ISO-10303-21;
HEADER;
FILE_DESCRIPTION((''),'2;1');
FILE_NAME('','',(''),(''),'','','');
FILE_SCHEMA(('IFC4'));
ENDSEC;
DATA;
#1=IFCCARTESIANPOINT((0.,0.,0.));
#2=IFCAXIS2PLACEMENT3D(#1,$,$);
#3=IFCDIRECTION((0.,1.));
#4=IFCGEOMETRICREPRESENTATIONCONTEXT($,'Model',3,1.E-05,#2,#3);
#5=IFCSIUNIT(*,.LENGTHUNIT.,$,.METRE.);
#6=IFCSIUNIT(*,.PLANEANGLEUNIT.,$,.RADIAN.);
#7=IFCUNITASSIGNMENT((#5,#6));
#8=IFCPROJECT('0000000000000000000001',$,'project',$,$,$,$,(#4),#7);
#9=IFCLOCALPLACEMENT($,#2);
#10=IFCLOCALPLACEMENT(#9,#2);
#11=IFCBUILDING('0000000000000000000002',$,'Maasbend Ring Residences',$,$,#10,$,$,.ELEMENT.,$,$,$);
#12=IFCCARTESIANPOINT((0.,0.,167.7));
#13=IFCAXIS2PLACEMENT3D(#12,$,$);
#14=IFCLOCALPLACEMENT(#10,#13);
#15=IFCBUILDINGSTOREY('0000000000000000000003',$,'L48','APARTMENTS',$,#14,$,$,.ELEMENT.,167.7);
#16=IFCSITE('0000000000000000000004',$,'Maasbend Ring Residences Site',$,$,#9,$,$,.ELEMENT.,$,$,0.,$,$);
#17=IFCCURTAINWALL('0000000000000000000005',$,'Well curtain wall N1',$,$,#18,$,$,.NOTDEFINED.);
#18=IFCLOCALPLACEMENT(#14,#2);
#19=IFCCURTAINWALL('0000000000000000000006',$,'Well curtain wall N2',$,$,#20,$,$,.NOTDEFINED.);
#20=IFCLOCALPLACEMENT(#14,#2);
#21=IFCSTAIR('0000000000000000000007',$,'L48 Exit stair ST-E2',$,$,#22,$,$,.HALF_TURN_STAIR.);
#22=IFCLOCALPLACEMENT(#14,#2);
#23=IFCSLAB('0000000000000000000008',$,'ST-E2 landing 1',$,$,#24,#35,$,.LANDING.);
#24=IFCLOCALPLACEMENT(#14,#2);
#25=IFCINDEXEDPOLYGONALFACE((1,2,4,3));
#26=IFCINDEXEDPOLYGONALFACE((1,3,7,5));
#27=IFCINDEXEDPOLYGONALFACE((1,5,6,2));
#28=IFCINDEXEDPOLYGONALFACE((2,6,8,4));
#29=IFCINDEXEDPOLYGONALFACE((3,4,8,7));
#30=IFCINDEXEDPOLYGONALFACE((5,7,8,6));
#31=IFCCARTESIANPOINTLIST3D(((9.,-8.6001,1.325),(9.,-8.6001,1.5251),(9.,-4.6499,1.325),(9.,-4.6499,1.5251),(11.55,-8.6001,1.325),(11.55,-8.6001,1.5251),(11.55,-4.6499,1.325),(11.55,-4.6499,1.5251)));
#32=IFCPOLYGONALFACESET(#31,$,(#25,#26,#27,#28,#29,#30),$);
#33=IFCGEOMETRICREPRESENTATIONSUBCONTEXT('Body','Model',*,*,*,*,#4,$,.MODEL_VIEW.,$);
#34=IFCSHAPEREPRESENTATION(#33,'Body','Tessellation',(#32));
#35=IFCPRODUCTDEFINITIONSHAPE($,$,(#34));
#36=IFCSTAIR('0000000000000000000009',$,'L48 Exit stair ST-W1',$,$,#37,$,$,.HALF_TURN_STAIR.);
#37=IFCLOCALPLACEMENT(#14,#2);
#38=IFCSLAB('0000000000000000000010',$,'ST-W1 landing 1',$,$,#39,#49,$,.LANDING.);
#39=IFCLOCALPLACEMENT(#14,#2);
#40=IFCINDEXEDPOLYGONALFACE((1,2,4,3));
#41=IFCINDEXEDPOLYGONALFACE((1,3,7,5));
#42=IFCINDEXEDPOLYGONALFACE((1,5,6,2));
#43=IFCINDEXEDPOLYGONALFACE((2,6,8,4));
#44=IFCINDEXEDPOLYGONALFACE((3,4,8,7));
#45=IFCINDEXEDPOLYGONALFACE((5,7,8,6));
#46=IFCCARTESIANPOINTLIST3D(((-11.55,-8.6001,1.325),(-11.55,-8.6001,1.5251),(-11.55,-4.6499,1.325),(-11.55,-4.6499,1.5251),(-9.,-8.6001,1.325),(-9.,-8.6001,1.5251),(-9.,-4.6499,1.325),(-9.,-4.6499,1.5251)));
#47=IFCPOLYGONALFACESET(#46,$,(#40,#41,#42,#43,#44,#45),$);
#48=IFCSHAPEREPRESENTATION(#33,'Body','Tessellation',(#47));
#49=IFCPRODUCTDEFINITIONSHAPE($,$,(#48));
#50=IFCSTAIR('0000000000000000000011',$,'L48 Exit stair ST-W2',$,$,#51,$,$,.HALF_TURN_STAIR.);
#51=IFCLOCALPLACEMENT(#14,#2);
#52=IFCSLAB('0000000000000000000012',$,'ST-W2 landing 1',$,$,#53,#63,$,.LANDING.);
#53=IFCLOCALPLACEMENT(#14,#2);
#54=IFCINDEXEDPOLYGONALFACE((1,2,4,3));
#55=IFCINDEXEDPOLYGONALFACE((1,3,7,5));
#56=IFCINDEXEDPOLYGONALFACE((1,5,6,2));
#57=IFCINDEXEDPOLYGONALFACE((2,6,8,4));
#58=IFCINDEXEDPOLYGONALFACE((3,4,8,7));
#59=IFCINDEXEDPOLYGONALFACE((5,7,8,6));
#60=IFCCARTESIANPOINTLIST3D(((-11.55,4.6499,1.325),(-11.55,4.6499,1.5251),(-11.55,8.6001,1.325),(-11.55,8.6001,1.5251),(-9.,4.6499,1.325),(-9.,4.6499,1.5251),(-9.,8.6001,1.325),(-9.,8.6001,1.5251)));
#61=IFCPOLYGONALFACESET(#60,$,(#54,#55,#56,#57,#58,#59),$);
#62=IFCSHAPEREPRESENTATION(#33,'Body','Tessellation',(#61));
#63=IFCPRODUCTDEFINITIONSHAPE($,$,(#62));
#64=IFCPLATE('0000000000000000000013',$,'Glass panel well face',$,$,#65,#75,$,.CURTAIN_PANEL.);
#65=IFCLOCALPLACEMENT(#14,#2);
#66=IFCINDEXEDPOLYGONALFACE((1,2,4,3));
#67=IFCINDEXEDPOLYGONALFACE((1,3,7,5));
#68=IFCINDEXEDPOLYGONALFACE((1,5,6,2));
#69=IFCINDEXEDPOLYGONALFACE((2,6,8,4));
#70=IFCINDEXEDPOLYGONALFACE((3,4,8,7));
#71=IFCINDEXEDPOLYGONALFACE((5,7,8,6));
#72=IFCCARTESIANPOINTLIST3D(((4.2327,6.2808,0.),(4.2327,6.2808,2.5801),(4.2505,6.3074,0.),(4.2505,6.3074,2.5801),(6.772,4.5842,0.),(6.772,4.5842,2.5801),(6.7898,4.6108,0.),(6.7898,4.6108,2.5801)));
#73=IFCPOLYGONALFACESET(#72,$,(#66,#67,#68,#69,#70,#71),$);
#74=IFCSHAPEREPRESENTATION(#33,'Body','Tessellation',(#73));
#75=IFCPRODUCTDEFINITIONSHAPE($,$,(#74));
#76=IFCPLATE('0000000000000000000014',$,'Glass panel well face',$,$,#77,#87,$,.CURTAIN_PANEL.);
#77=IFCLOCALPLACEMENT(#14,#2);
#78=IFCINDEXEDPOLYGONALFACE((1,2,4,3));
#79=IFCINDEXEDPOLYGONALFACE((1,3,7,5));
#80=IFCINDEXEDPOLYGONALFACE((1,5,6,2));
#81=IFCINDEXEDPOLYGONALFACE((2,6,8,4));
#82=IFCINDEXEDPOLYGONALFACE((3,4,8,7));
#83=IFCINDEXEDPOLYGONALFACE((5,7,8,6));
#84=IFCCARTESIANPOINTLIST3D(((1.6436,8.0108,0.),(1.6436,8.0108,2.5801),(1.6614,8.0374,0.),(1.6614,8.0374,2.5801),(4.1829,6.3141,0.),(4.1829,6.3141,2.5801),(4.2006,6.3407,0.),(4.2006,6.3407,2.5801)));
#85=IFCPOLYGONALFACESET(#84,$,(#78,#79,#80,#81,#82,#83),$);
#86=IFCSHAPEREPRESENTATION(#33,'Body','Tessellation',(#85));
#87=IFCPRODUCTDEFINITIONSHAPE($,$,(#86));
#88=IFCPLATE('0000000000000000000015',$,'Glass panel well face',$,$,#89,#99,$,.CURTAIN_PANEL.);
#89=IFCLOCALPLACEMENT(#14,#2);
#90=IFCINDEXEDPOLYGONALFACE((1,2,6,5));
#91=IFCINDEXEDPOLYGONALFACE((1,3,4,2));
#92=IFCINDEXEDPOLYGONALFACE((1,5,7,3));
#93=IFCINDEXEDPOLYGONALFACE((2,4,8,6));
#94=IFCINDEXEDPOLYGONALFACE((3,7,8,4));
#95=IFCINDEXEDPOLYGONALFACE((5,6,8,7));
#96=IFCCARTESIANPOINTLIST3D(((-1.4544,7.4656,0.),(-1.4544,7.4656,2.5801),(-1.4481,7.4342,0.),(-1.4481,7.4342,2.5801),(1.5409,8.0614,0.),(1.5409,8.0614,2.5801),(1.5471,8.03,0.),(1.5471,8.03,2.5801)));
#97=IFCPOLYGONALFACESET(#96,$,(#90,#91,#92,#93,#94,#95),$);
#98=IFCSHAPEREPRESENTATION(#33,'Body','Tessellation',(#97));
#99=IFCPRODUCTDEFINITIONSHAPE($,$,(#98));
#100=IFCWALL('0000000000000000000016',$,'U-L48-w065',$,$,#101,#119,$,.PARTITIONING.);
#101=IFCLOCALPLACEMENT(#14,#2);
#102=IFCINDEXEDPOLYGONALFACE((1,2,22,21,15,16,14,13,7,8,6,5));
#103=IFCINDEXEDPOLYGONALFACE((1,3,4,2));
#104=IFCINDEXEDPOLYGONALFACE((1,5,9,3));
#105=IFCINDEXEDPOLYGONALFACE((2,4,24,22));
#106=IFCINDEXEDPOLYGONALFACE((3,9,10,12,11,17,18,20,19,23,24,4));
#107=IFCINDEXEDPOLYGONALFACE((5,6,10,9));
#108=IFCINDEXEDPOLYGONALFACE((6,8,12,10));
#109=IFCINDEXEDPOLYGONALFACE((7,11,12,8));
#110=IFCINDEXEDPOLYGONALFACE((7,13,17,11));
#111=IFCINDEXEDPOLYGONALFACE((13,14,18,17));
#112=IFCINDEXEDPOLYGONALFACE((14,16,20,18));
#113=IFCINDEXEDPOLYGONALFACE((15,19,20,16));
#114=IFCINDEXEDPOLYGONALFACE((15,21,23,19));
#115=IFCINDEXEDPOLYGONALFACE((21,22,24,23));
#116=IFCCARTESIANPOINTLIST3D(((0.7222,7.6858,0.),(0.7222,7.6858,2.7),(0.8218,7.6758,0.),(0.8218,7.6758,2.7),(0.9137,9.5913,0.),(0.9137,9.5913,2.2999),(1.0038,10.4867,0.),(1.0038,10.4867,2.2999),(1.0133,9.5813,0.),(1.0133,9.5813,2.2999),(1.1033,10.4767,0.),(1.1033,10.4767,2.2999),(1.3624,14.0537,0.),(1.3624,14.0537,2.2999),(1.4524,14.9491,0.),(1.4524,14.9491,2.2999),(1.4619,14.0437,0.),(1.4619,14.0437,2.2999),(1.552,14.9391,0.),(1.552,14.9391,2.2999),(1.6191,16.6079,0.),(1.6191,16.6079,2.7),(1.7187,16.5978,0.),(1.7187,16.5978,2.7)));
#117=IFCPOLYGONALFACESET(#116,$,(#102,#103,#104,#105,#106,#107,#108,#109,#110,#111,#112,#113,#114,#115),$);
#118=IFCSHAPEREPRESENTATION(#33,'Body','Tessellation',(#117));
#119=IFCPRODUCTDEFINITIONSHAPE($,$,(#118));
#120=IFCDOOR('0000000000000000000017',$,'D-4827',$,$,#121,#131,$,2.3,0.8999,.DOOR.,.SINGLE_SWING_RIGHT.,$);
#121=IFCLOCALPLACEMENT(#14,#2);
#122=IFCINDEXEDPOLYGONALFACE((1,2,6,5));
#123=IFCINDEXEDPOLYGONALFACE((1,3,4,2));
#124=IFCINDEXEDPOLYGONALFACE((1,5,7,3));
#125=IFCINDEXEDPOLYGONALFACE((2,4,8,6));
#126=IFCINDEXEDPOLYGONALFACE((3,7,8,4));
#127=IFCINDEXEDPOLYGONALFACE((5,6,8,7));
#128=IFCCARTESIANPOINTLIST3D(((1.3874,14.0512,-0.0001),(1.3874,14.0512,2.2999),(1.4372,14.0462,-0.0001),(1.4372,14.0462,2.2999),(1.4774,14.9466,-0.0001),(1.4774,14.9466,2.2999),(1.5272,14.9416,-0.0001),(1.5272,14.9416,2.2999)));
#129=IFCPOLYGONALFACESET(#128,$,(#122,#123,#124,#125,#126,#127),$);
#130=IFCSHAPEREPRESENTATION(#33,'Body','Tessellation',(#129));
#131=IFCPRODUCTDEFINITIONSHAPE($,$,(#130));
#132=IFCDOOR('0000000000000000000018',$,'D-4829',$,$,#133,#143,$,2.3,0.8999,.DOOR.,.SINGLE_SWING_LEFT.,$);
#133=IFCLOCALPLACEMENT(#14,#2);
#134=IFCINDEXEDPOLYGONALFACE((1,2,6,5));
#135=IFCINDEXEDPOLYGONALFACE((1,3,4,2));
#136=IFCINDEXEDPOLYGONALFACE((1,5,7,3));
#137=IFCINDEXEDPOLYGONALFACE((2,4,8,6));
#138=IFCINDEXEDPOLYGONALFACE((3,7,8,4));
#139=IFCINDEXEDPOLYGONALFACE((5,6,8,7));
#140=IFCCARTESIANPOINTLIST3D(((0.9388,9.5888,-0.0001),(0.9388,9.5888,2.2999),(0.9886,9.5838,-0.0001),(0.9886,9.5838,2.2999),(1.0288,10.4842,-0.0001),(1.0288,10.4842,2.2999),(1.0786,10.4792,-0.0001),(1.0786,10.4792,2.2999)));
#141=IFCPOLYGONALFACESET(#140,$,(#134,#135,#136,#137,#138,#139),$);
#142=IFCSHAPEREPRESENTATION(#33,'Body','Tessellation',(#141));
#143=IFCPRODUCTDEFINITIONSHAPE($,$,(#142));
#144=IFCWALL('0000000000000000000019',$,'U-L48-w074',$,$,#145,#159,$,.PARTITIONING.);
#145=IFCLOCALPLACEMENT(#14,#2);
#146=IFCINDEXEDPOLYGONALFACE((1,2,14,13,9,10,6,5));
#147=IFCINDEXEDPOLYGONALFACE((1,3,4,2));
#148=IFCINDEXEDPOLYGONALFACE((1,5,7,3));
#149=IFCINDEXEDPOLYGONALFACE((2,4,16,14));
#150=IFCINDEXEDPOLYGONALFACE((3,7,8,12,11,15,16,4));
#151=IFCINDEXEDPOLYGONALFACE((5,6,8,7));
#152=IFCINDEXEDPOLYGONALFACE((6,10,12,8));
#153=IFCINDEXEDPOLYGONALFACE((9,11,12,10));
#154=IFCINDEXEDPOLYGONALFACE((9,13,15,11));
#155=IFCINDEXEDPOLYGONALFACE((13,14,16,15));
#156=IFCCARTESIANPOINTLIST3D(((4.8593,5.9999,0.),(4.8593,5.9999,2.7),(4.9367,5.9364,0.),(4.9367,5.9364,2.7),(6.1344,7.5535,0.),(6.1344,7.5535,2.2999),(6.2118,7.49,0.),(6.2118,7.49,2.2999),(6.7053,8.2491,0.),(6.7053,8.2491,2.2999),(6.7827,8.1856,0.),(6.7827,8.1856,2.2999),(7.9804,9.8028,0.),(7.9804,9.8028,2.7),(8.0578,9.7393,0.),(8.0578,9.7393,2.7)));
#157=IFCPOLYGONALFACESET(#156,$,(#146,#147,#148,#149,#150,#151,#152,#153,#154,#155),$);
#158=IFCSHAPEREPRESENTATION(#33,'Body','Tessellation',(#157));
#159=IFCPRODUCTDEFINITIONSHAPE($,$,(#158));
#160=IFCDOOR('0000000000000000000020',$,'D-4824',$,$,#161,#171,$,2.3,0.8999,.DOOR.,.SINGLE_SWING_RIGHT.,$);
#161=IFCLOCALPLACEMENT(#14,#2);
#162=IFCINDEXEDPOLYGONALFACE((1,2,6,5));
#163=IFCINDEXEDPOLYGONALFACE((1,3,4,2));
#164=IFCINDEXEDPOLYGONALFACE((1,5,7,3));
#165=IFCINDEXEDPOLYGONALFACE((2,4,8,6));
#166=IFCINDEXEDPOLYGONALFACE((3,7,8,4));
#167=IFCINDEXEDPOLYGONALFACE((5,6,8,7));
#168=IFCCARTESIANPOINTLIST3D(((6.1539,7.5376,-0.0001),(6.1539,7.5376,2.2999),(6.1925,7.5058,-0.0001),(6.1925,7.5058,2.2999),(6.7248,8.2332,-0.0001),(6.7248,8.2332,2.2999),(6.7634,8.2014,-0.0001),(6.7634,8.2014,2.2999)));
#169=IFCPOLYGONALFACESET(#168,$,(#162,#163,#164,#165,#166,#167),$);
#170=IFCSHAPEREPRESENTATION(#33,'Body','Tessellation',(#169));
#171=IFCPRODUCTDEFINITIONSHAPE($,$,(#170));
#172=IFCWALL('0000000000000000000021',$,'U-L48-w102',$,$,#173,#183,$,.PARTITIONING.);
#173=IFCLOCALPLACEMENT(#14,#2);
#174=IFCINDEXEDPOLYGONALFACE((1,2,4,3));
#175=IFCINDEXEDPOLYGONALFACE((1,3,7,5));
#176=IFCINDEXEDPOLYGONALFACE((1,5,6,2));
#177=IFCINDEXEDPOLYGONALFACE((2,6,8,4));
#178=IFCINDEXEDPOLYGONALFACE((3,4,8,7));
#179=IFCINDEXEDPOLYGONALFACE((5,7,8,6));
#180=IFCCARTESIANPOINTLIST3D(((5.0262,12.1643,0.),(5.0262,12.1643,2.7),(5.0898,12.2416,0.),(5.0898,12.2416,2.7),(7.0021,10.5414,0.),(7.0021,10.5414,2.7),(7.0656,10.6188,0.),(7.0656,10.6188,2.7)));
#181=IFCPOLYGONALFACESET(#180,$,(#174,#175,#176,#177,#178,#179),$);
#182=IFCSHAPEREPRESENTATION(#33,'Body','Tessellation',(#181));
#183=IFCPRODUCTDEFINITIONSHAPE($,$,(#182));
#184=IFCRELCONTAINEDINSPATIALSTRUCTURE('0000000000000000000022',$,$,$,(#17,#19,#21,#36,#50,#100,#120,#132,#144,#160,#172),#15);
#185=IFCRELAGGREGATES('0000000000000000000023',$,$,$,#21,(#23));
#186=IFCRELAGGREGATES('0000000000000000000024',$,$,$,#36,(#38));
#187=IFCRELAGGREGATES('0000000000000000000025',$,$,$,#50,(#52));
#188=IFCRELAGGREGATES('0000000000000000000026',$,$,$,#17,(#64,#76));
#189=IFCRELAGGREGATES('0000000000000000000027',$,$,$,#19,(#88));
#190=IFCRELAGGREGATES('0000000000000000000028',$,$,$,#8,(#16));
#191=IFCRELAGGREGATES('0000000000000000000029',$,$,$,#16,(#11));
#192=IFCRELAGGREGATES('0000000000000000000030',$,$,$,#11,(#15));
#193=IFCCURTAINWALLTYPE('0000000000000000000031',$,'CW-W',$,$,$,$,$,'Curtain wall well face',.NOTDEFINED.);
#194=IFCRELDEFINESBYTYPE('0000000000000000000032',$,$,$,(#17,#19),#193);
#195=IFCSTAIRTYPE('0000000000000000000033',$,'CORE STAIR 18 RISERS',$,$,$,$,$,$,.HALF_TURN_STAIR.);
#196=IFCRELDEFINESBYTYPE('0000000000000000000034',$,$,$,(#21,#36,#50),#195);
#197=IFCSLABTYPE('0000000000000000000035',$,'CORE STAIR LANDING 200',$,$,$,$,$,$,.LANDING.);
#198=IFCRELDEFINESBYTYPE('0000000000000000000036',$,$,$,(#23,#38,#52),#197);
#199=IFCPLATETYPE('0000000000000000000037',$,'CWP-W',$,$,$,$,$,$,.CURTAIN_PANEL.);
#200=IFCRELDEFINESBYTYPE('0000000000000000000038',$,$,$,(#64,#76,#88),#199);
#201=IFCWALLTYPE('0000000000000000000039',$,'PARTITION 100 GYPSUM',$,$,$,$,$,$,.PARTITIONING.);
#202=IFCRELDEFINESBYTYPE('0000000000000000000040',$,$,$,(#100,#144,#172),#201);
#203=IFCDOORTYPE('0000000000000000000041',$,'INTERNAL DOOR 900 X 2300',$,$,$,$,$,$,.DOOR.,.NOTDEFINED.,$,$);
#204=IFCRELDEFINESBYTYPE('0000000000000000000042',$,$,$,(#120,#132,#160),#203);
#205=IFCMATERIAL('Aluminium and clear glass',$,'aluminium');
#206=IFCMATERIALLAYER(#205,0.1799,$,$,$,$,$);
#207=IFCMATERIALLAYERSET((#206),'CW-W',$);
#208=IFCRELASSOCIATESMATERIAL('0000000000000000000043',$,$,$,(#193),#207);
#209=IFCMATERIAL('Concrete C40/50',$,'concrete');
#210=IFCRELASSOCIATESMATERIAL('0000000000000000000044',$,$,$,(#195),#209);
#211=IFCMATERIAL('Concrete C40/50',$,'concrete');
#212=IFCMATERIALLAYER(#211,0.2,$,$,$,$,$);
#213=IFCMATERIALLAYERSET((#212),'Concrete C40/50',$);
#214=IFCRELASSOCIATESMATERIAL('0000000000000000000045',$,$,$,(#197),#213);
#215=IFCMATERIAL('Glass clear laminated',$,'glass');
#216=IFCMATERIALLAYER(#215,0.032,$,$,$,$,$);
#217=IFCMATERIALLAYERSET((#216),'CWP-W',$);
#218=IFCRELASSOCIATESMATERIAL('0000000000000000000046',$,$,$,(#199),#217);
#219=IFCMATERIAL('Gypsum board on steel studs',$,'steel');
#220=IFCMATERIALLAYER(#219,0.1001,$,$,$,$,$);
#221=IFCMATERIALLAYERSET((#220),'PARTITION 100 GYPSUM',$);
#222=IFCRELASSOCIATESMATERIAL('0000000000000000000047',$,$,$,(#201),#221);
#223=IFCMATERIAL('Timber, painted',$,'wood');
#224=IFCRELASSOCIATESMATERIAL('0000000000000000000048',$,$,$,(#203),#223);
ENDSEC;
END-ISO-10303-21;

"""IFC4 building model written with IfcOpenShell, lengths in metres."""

from ifc_helpers import new_model, si_unit, direction, frame, frame_2d, origin, origin_2d, place, context, subcontext, project, spatial, polyline, rectangle, outline, extrude, material, layer, layer_set, type_object, element, fill, aggregate, save


model = new_model("IFC4")

# Units and contexts
model_context = context("Model", 3, precision=1e-05, world=origin(), true_north=direction((0.0, 1.0)))
body_context = subcontext(model_context, "Body", "Model", "MODEL_VIEW")
ifc_project = project(units=[si_unit("LENGTHUNIT", "METRE"), si_unit("PLANEANGLEUNIT", "RADIAN")], contexts=[model_context])

# Site, building, storey
site_placement = place(None, origin())
site = spatial("IfcSite", under=ifc_project, at=site_placement, Name="Maasbend Ring Residences Site", CompositionType="ELEMENT", RefElevation=0.0)
building_placement = place(site_placement, origin())
building = spatial("IfcBuilding", under=site, at=building_placement, Name="Maasbend Ring Residences", CompositionType="ELEMENT")
storey_placement = place(building_placement, frame((0.0, 0.0, 167.7)))
storey = spatial("IfcBuildingStorey", under=building, at=storey_placement, Name="L48", Description="APARTMENTS", CompositionType="ELEMENT", Elevation=167.7)

# Curtain wall
ifc_material_1 = material(Name="Aluminium and clear glass", Category="aluminium")
ifc_layer_1 = layer(ifc_material_1, 0.1799)
ifc_layer_set_1 = layer_set([ifc_layer_1], Name="CW-W")
curtain_wall_type = type_object("IfcCurtainWallType", Name="CW-W", ElementType="Curtain wall well face", PredefinedType="NOTDEFINED", material=ifc_layer_set_1)
curtain_wall_1_placement = place(storey_placement, origin())
curtain_wall_1 = element("IfcCurtainWall", 1, at=curtain_wall_1_placement, inside=storey, type_object=curtain_wall_type, Name="Well curtain wall N1", PredefinedType="NOTDEFINED")

# Curtain wall
curtain_wall_2_placement = place(storey_placement, origin())
curtain_wall_2 = element("IfcCurtainWall", 2, at=curtain_wall_2_placement, inside=storey, type_object=curtain_wall_type, Name="Well curtain wall N2", PredefinedType="NOTDEFINED")

# Stairs, slabs
ifc_material_2 = material(Name="Concrete C40/50", Category="concrete")
stair_type = type_object("IfcStairType", Name="CORE STAIR 18 RISERS", PredefinedType="HALF_TURN_STAIR", material=ifc_material_2)
ifc_material_3 = material(Name="Concrete C40/50", Category="concrete")
ifc_layer_2 = layer(ifc_material_3, 0.2)
ifc_layer_set_2 = layer_set([ifc_layer_2], Name="Concrete C40/50")
slab_type = type_object("IfcSlabType", Name="CORE STAIR LANDING 200", PredefinedType="LANDING", material=ifc_layer_set_2)
stair_1_placement = place(storey_placement, origin())
stair_1 = element("IfcStair", 3, at=stair_1_placement, inside=storey, type_object=stair_type, Name="L48 Exit stair ST-E2", PredefinedType="HALF_TURN_STAIR")
slab_1_placement = place(storey_placement, frame((0.0, 0.0, 1.325)))
slab_1 = element("IfcSlab", 4, at=slab_1_placement, type_object=slab_type, Name="ST-E2 landing 1", PredefinedType="LANDING", context=body_context, shape_type="SweptSolid", body=[
    extrude(outline(polyline([(11.55, -4.6499), (9.0, -4.6499), (9.0, -8.6001), (11.55, -8.6001), (11.55, -4.6499)])), origin(), (0.0, 0.0, 1.0), 0.2002),
])
aggregate(stair_1, [slab_1])
stair_2_placement = place(storey_placement, origin())
stair_2 = element("IfcStair", 5, at=stair_2_placement, inside=storey, type_object=stair_type, Name="L48 Exit stair ST-W1", PredefinedType="HALF_TURN_STAIR")
slab_2_placement = place(storey_placement, frame((0.0, 0.0, 1.325)))
slab_2 = element("IfcSlab", 6, at=slab_2_placement, type_object=slab_type, Name="ST-W1 landing 1", PredefinedType="LANDING", context=body_context, shape_type="SweptSolid", body=[
    extrude(outline(polyline([(-11.55, -8.6001), (-9.0, -8.6001), (-9.0, -4.6499), (-11.55, -4.6499), (-11.55, -8.6001)])), origin(), (0.0, 0.0, 1.0), 0.2002),
])
aggregate(stair_2, [slab_2])
stair_3_placement = place(storey_placement, origin())
stair_3 = element("IfcStair", 7, at=stair_3_placement, inside=storey, type_object=stair_type, Name="L48 Exit stair ST-W2", PredefinedType="HALF_TURN_STAIR")
slab_3_placement = place(storey_placement, frame((0.0, 0.0, 1.325)))
slab_3 = element("IfcSlab", 8, at=slab_3_placement, type_object=slab_type, Name="ST-W2 landing 1", PredefinedType="LANDING", context=body_context, shape_type="SweptSolid", body=[
    extrude(outline(polyline([(-11.55, 4.6499), (-9.0, 4.6499), (-9.0, 8.6001), (-11.55, 8.6001), (-11.55, 4.6499)])), origin(), (0.0, 0.0, 1.0), 0.2002),
])
aggregate(stair_3, [slab_3])

# Plates
ifc_material_4 = material(Name="Glass clear laminated", Category="glass")
ifc_layer_3 = layer(ifc_material_4, 0.032)
ifc_layer_set_3 = layer_set([ifc_layer_3], Name="CWP-W")
plate_type = type_object("IfcPlateType", Name="CWP-W", PredefinedType="CURTAIN_PANEL", material=ifc_layer_set_3)
plate_1_placement = place(storey_placement, frame((5.5112, 5.4458, 0.0), z_axis=(0.0, 0.0, 1.0), x_axis=(-0.83147, 0.55557, 0.0)))
plate_1 = element("IfcPlate", 9, at=plate_1_placement, type_object=plate_type, Name="Glass panel well face", PredefinedType="CURTAIN_PANEL", context=body_context, shape_type="SweptSolid", body=[
    extrude(rectangle(XDim=3.054, YDim=0.032, at=origin_2d()), origin(), (0.0, 0.0, 1.0), 2.5801),
])
plate_2_placement = place(storey_placement, frame((2.9221, 7.1758, 0.0), z_axis=(0.0, 0.0, 1.0), x_axis=(-0.83147, 0.55557, 0.0)))
plate_2 = element("IfcPlate", 10, at=plate_2_placement, type_object=plate_type, Name="Glass panel well face", PredefinedType="CURTAIN_PANEL", context=body_context, shape_type="SweptSolid", body=[
    extrude(rectangle(XDim=3.054, YDim=0.032, at=origin_2d()), origin(), (0.0, 0.0, 1.0), 2.5801),
])
aggregate(curtain_wall_1, [plate_1, plate_2])
plate_3_placement = place(storey_placement, frame((0.0464, 7.7478, 0.0), z_axis=(0.0, 0.0, 1.0), x_axis=(-0.980785, -0.19509, 0.0)))
plate_3 = element("IfcPlate", 11, at=plate_3_placement, type_object=plate_type, Name="Glass panel well face", PredefinedType="CURTAIN_PANEL", context=body_context, shape_type="SweptSolid", body=[
    extrude(rectangle(XDim=3.054, YDim=0.032, at=origin_2d()), origin(), (0.0, 0.0, 1.0), 2.5801),
])
aggregate(curtain_wall_2, [plate_3])

# Wall, openings, doors
ifc_material_5 = material(Name="Gypsum board on steel studs", Category="steel")
ifc_layer_4 = layer(ifc_material_5, 0.1001)
ifc_layer_set_4 = layer_set([ifc_layer_4], Name="PARTITION 100 GYPSUM")
wall_type_1 = type_object("IfcWallType", Name="PARTITION 100 GYPSUM", PredefinedType="PARTITIONING", material=ifc_layer_set_4)
wall_1_placement = place(storey_placement, frame((0.772, 7.6809, 0.0), z_axis=(0.0, 0.0, 1.0), x_axis=(0.100029, 0.994984, 0.0)))
wall_1 = element("IfcWall", 12, at=wall_1_placement, inside=storey, type_object=wall_type_1, Name="U-L48-w065", PredefinedType="PARTITIONING", context=body_context, shape_type="SweptSolid", body=[
    extrude(rectangle(XDim=8.967, YDim=0.1001, at=frame_2d((4.4834, 0.0))), origin(), (0.0, 0.0, 1.0), 2.7),
])
opening_1_placement = place(wall_1_placement, frame((6.3999, 0.0, 0.0)))
opening_1 = element("IfcOpeningElement", 13, at=opening_1_placement, cuts=wall_1, PredefinedType="OPENING", context=body_context, shape_type="SweptSolid", body=[
    extrude(rectangle(XDim=0.8999, YDim=2.3, at=frame_2d((0.45, 1.1499))), frame((0.0, 0.0601, 0.0), z_axis=(0.0, -1.0, 0.0), x_axis=(1.0, 0.0, 0.0)), (0.0, 0.0, 1.0), 0.1201),
])
opening_2_placement = place(wall_1_placement, frame((1.915, 0.0, 0.0)))
opening_2 = element("IfcOpeningElement", 14, at=opening_2_placement, cuts=wall_1, PredefinedType="OPENING", context=body_context, shape_type="SweptSolid", body=[
    extrude(rectangle(XDim=0.8999, YDim=2.3, at=frame_2d((0.45, 1.1499))), frame((0.0, 0.0601, 0.0), z_axis=(0.0, -1.0, 0.0), x_axis=(1.0, 0.0, 0.0)), (0.0, 0.0, 1.0), 0.1201),
])
ifc_material_6 = material(Name="Timber, painted", Category="wood")
door_type = type_object("IfcDoorType", Name="INTERNAL DOOR 900 X 2300", OperationType="NOTDEFINED", PredefinedType="DOOR", material=ifc_material_6)
door_1_placement = place(opening_1_placement, origin())
door_1 = element("IfcDoor", 15, at=door_1_placement, inside=storey, type_object=door_type, Name="D-4827", OperationType="SINGLE_SWING_RIGHT", OverallHeight=2.3, OverallWidth=0.8999, PredefinedType="DOOR", context=body_context, shape_type="SweptSolid", body=[
    extrude(rectangle(XDim=0.8999, YDim=2.3, at=frame_2d((0.45, 1.1499))), frame((0.0, 0.0249, 0.0), z_axis=(0.0, -1.0, 0.0), x_axis=(1.0, 0.0, 0.0)), (0.0, 0.0, 1.0), 0.05),
])
fill(opening_1, door_1)
door_2_placement = place(opening_2_placement, origin())
door_2 = element("IfcDoor", 16, at=door_2_placement, inside=storey, type_object=door_type, Name="D-4829", OperationType="SINGLE_SWING_LEFT", OverallHeight=2.3, OverallWidth=0.8999, PredefinedType="DOOR", context=body_context, shape_type="SweptSolid", body=[
    extrude(rectangle(XDim=0.8999, YDim=2.3, at=frame_2d((0.45, 1.1499))), frame((0.0, 0.0249, 0.0), z_axis=(0.0, -1.0, 0.0), x_axis=(1.0, 0.0, 0.0)), (0.0, 0.0, 1.0), 0.05),
])
fill(opening_2, door_2)

# Wall, opening, door
wall_2_placement = place(storey_placement, frame((4.8979, 5.968, 0.0), z_axis=(0.0, 0.0, 1.0), x_axis=(0.634402, 0.773003, 0.0)))
wall_2 = element("IfcWall", 17, at=wall_2_placement, inside=storey, type_object=wall_type_1, Name="U-L48-w074", PredefinedType="PARTITIONING", context=body_context, shape_type="SweptSolid", body=[
    extrude(rectangle(XDim=4.9197, YDim=0.1001, at=frame_2d((2.46, 0.0))), origin(), (0.0, 0.0, 1.0), 2.7),
])
opening_3_placement = place(wall_2_placement, frame((2.01, 0.0, 0.0)))
opening_3 = element("IfcOpeningElement", 18, at=opening_3_placement, cuts=wall_2, PredefinedType="OPENING", context=body_context, shape_type="SweptSolid", body=[
    extrude(rectangle(XDim=0.8999, YDim=2.3, at=frame_2d((0.45, 1.1499))), frame((0.0, 0.0601, 0.0), z_axis=(0.0, -1.0, 0.0), x_axis=(1.0, 0.0, 0.0)), (0.0, 0.0, 1.0), 0.1201),
])
door_3_placement = place(opening_3_placement, origin())
door_3 = element("IfcDoor", 19, at=door_3_placement, inside=storey, type_object=door_type, Name="D-4824", OperationType="SINGLE_SWING_RIGHT", OverallHeight=2.3, OverallWidth=0.8999, PredefinedType="DOOR", context=body_context, shape_type="SweptSolid", body=[
    extrude(rectangle(XDim=0.8999, YDim=2.3, at=frame_2d((0.45, 1.1499))), frame((0.0, 0.0249, 0.0), z_axis=(0.0, -1.0, 0.0), x_axis=(1.0, 0.0, 0.0)), (0.0, 0.0, 1.0), 0.05),
])
fill(opening_3, door_3)

# Wall
wall_3_placement = place(storey_placement, frame((5.0581, 12.2029, 0.0), z_axis=(0.0, 0.0, 1.0), x_axis=(0.772765, -0.634693, 0.0)))
element("IfcWall", 20, at=wall_3_placement, inside=storey, type_object=wall_type_1, Name="U-L48-w102", PredefinedType="PARTITIONING", context=body_context, shape_type="SweptSolid", body=[
    extrude(rectangle(XDim=2.5569, YDim=0.1001, at=frame_2d((1.2783, 0.0))), origin(), (0.0, 0.0, 1.0), 2.7),
])

save(model, "model.ifc")
